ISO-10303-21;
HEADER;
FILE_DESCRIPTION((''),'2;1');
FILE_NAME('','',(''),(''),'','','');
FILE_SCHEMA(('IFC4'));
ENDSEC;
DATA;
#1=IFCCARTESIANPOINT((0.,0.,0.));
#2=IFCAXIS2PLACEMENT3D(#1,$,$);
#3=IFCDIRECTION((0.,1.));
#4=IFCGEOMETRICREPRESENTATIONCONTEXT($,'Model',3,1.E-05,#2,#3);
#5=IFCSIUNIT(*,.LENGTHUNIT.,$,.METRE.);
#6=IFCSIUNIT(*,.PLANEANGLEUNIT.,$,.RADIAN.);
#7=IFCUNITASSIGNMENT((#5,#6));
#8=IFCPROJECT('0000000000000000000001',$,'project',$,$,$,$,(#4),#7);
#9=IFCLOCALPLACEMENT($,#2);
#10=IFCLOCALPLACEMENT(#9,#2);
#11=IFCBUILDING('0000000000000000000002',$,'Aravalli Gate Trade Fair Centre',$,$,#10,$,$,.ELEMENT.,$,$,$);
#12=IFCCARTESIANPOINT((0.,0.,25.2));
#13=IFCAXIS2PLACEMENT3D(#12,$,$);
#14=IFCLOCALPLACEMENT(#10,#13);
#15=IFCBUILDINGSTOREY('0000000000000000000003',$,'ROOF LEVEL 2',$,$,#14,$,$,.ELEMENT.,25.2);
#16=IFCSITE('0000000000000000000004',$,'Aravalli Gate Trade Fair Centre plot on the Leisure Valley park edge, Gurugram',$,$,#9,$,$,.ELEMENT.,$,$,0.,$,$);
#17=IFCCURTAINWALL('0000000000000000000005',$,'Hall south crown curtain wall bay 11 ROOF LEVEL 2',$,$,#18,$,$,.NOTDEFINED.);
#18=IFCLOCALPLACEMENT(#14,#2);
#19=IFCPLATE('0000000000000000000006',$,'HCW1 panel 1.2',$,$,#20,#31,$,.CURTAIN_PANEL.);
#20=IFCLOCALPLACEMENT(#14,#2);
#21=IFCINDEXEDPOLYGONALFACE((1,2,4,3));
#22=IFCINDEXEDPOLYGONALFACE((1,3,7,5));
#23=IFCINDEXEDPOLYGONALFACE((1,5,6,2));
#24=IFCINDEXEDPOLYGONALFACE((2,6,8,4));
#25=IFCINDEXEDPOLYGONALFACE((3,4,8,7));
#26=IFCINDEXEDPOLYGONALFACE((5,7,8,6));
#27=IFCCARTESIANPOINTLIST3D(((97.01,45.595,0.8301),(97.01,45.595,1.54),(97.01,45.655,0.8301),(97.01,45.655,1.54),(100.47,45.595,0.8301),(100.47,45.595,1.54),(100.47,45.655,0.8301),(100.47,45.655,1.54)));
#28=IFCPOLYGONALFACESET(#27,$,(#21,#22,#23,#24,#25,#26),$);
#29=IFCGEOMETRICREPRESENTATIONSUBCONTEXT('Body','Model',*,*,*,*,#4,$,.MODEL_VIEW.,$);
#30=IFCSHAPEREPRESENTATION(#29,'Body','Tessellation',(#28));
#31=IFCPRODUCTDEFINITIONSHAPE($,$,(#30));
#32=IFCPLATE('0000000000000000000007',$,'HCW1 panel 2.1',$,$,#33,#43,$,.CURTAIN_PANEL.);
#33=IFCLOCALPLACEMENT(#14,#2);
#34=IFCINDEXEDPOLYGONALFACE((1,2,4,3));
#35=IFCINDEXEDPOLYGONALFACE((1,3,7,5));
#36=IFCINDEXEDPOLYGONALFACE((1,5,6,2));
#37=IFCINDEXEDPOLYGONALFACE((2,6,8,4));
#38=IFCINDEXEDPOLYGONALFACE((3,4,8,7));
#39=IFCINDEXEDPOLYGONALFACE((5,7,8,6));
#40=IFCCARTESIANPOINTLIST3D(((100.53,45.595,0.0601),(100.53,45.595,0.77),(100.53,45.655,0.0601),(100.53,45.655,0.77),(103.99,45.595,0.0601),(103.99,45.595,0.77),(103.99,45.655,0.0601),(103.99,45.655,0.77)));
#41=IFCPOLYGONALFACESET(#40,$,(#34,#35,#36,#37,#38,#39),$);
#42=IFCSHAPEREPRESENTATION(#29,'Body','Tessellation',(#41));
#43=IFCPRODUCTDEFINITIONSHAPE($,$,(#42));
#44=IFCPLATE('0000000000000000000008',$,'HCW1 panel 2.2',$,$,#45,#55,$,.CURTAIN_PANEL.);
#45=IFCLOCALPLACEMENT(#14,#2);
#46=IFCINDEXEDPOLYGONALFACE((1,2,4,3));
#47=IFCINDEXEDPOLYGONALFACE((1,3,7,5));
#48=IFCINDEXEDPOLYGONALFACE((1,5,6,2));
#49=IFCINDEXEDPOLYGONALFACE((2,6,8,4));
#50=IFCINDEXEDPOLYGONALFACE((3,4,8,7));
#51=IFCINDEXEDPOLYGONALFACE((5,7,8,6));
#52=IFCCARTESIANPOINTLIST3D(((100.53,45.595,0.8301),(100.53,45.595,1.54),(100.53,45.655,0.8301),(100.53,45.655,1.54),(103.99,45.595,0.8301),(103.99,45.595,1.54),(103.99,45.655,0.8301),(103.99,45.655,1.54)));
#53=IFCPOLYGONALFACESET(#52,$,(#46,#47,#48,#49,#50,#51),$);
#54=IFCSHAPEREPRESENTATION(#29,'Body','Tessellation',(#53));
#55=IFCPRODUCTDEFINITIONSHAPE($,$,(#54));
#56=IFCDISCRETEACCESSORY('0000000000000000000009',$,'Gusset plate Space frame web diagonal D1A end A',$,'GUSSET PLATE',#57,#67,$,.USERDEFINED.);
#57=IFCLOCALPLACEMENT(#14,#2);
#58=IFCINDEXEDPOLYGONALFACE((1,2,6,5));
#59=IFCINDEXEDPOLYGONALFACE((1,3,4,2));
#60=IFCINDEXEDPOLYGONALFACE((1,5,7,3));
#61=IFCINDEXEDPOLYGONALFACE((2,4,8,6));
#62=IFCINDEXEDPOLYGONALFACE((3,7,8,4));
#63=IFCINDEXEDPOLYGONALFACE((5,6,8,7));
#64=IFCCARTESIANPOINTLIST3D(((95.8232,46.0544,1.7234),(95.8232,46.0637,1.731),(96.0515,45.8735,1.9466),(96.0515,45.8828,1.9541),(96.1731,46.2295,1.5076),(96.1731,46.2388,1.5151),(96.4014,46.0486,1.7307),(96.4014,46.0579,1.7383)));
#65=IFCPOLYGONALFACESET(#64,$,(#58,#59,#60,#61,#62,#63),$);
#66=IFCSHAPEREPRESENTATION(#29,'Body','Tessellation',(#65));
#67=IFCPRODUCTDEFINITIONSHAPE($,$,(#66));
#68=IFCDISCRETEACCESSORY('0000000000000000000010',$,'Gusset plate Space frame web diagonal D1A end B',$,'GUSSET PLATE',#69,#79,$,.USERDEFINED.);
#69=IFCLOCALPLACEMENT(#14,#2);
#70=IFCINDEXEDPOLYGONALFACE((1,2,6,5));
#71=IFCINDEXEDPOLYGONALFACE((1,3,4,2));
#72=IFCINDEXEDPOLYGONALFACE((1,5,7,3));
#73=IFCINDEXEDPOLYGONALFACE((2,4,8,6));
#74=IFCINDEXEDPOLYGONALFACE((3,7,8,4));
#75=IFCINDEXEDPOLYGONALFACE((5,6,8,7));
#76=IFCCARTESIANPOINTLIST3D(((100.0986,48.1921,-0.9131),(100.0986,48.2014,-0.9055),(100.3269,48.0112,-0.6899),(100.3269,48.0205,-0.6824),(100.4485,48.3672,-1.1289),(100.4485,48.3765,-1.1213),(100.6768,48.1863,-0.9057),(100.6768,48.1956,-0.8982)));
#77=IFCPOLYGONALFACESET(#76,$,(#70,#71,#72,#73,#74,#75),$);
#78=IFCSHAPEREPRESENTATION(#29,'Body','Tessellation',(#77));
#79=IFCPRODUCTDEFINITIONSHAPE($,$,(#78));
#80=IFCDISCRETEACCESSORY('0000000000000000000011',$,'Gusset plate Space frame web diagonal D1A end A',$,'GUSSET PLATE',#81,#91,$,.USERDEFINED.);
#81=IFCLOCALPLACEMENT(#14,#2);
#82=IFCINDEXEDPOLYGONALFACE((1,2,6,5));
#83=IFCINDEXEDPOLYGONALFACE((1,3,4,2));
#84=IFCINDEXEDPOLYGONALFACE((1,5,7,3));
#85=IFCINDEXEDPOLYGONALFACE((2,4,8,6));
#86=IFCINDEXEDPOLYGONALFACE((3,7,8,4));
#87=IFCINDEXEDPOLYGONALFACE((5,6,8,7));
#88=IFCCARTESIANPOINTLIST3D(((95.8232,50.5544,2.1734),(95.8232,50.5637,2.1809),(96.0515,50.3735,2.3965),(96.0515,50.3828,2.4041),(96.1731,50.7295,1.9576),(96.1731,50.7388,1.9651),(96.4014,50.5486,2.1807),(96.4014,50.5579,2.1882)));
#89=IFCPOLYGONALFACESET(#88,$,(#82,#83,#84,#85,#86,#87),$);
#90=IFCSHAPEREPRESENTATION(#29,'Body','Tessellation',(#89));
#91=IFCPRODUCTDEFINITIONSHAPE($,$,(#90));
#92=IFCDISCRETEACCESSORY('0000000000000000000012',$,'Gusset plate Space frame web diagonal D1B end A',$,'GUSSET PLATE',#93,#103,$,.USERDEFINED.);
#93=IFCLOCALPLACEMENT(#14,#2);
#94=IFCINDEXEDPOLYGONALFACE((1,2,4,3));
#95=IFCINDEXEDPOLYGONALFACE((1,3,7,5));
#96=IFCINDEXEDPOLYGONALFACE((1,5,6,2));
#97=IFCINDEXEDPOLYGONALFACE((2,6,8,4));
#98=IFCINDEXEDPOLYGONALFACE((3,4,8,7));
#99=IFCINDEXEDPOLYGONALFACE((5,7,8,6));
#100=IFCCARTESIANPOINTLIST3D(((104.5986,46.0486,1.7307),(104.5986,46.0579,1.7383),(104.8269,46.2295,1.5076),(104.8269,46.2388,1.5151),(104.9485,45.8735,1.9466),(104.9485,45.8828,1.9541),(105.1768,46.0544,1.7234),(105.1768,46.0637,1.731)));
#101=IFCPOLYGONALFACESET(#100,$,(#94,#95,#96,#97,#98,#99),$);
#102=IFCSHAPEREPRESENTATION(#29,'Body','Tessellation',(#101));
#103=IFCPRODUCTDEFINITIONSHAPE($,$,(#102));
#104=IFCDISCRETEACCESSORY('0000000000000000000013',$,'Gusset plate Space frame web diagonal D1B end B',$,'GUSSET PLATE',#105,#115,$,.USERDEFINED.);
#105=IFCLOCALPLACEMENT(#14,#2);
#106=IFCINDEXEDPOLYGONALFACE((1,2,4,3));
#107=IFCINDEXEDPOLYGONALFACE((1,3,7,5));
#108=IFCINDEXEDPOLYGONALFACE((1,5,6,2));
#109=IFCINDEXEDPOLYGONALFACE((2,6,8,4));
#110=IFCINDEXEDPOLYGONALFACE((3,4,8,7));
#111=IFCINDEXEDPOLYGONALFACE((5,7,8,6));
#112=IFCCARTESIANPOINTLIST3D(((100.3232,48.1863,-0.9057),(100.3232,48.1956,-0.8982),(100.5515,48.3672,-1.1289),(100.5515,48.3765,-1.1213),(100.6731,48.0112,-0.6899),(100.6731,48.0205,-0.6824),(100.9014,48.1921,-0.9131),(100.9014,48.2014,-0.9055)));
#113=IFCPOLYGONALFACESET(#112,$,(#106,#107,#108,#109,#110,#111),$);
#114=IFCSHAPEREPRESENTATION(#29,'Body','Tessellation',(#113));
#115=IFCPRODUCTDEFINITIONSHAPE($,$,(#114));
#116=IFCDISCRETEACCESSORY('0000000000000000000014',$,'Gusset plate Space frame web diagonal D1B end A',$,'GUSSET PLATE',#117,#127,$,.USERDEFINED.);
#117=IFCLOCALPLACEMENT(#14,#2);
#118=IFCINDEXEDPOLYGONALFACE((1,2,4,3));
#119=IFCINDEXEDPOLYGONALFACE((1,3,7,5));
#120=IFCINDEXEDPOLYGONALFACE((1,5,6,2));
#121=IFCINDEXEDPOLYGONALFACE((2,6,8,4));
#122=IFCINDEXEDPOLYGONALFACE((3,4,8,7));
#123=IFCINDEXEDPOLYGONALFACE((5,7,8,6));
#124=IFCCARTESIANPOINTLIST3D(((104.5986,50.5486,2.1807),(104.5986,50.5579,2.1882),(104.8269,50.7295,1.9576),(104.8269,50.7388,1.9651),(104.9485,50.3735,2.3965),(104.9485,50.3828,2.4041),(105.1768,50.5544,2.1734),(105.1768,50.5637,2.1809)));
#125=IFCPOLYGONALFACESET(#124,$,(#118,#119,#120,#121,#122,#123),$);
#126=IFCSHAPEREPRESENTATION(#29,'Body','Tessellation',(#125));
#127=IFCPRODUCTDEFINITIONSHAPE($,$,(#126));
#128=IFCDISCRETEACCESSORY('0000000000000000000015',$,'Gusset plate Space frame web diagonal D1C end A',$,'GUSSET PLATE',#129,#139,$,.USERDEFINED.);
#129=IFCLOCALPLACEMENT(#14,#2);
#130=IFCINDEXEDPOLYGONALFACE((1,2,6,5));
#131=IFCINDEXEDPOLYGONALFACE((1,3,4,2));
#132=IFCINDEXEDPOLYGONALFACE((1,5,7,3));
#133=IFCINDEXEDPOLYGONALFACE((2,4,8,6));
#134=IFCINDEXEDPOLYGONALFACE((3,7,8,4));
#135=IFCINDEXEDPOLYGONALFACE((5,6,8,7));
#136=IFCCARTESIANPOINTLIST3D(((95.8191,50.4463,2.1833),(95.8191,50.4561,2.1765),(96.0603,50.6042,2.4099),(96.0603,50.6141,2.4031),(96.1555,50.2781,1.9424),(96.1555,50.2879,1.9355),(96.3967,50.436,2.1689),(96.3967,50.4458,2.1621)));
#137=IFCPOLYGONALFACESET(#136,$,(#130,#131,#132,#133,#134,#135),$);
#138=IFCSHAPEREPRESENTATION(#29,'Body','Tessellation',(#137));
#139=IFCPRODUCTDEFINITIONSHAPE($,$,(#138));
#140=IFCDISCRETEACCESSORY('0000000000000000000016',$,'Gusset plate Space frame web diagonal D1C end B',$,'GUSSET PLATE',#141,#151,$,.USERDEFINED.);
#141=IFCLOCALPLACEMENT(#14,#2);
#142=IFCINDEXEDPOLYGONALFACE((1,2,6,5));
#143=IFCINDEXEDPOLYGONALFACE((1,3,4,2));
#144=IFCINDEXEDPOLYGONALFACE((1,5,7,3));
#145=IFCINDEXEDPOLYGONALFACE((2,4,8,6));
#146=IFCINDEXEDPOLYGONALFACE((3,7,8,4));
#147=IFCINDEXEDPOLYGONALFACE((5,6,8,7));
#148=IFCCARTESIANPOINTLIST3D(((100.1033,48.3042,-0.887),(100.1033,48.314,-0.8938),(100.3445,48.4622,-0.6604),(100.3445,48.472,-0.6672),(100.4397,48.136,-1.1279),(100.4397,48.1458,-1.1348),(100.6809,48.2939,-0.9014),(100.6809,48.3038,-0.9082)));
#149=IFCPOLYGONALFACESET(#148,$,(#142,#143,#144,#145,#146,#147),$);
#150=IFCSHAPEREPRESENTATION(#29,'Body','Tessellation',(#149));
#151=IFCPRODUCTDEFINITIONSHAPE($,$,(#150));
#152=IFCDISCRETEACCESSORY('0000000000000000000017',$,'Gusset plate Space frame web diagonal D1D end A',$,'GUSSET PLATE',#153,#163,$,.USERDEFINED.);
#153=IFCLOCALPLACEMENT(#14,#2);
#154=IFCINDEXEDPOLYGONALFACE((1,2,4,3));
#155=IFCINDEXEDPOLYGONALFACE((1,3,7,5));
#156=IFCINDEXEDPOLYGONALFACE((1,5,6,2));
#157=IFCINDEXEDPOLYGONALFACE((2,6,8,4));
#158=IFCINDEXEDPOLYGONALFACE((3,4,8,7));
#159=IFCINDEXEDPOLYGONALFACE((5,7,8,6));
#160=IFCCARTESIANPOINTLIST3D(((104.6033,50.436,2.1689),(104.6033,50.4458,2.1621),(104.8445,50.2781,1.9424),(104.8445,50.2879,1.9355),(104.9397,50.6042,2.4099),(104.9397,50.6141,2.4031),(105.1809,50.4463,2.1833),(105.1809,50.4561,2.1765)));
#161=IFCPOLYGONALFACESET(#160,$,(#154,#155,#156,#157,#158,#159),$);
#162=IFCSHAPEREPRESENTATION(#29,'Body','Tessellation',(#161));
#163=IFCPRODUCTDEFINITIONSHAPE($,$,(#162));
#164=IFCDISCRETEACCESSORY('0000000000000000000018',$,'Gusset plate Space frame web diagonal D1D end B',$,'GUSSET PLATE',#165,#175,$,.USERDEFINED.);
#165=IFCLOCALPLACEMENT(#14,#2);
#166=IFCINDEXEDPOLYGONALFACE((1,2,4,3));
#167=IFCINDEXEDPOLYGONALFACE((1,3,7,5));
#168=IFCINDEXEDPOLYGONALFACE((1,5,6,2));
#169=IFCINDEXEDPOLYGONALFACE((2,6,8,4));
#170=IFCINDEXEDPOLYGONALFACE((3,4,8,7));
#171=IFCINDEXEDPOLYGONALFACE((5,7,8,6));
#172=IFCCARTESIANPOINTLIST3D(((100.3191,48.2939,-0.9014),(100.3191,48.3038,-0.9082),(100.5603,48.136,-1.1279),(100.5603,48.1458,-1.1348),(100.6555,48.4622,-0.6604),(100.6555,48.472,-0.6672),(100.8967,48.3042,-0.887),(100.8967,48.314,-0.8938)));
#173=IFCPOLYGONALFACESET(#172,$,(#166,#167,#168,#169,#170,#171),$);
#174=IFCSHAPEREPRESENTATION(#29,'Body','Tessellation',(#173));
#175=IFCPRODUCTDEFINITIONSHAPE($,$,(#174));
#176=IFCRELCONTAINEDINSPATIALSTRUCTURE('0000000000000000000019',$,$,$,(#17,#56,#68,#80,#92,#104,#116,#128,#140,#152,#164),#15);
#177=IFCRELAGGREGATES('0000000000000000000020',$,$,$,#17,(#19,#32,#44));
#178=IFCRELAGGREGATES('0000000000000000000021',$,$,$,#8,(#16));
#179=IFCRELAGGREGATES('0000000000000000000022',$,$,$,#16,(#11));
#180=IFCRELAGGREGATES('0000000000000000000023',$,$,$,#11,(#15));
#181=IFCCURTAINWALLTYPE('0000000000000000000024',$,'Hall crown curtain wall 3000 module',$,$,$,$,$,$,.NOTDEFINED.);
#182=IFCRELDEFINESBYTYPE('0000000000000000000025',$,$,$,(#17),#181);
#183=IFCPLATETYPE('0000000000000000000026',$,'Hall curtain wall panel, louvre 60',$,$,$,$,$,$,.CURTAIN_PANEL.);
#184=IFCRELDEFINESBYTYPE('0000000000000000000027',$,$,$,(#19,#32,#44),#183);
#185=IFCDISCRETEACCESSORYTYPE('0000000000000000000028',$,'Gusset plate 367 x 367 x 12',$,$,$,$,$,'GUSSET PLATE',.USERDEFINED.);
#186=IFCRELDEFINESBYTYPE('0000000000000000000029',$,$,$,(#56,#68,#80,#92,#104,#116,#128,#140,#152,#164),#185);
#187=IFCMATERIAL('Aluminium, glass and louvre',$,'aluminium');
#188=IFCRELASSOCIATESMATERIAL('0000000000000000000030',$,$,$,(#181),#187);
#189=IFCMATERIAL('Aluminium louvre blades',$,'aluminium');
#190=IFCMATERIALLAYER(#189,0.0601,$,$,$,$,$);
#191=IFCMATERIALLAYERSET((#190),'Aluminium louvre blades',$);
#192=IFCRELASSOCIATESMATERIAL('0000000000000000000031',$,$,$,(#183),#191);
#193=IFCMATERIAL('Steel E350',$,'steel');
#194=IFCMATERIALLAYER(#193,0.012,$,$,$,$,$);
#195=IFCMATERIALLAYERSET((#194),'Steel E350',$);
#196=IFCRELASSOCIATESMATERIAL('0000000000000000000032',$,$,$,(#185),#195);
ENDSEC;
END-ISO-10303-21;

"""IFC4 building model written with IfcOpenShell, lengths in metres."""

from ifc_helpers import new_model, si_unit, direction, frame, origin, origin_2d, place, context, subcontext, project, spatial, polyline, rectangle, outline, extrude, material, layer, layer_set, type_object, element, aggregate, save


model = new_model("IFC4")

# Units and contexts
model_context = context("Model", 3, precision=1e-05, world=origin(), true_north=direction((0.0, 1.0)))
body_context = subcontext(model_context, "Body", "Model", "MODEL_VIEW")
ifc_project = project(units=[si_unit("LENGTHUNIT", "METRE"), si_unit("PLANEANGLEUNIT", "RADIAN")], contexts=[model_context])

# Site, building, storey
site_placement = place(None, origin())
site = spatial("IfcSite", under=ifc_project, at=site_placement, Name="Aravalli Gate Trade Fair Centre plot on the Leisure Valley park edge, Gurugram", CompositionType="ELEMENT", RefElevation=0.0)
building_placement = place(site_placement, origin())
building = spatial("IfcBuilding", under=site, at=building_placement, Name="Aravalli Gate Trade Fair Centre", CompositionType="ELEMENT")
storey_placement = place(building_placement, frame((0.0, 0.0, 25.2)))
storey = spatial("IfcBuildingStorey", under=building, at=storey_placement, Name="ROOF LEVEL 2", CompositionType="ELEMENT", Elevation=25.2)

# Shared definitions
ifc_material_1 = material(Name="Steel E350", Category="steel")

# Curtain wall, plates
ifc_material_2 = material(Name="Aluminium, glass and louvre", Category="aluminium")
curtain_wall_type = type_object("IfcCurtainWallType", Name="Hall crown curtain wall 3000 module", PredefinedType="NOTDEFINED", material=ifc_material_2)
curtain_wall_placement = place(storey_placement, origin())
curtain_wall = element("IfcCurtainWall", 1, at=curtain_wall_placement, inside=storey, type_object=curtain_wall_type, Name="Hall south crown curtain wall bay 11 ROOF LEVEL 2", PredefinedType="NOTDEFINED")
ifc_material_3 = material(Name="Aluminium louvre blades", Category="aluminium")
ifc_layer_1 = layer(ifc_material_3, 0.0601)
ifc_layer_set_1 = layer_set([ifc_layer_1], Name="Aluminium louvre blades")
plate_type = type_object("IfcPlateType", Name="Hall curtain wall panel, louvre 60", PredefinedType="CURTAIN_PANEL", material=ifc_layer_set_1)
plate_1_placement = place(storey_placement, frame((98.74, 45.625, 0.8301), z_axis=(0.0, 0.0, 1.0), x_axis=(1.0, 0.0, 0.0)))
plate_1 = element("IfcPlate", 2, at=plate_1_placement, type_object=plate_type, Name="HCW1 panel 1.2", PredefinedType="CURTAIN_PANEL", context=body_context, shape_type="SweptSolid", body=[
    extrude(rectangle(XDim=3.46, YDim=0.0601, at=origin_2d()), origin(), (0.0, 0.0, 1.0), 0.71),
])
plate_2_placement = place(storey_placement, frame((102.26, 45.625, 0.0601), z_axis=(0.0, 0.0, 1.0), x_axis=(1.0, 0.0, 0.0)))
plate_2 = element("IfcPlate", 3, at=plate_2_placement, type_object=plate_type, Name="HCW1 panel 2.1", PredefinedType="CURTAIN_PANEL", context=body_context, shape_type="SweptSolid", body=[
    extrude(rectangle(XDim=3.46, YDim=0.0601, at=origin_2d()), origin(), (0.0, 0.0, 1.0), 0.71),
])
plate_3_placement = place(storey_placement, frame((102.26, 45.625, 0.8301), z_axis=(0.0, 0.0, 1.0), x_axis=(1.0, 0.0, 0.0)))
plate_3 = element("IfcPlate", 4, at=plate_3_placement, type_object=plate_type, Name="HCW1 panel 2.2", PredefinedType="CURTAIN_PANEL", context=body_context, shape_type="SweptSolid", body=[
    extrude(rectangle(XDim=3.46, YDim=0.0601, at=origin_2d()), origin(), (0.0, 0.0, 1.0), 0.71),
])
aggregate(curtain_wall, [plate_1, plate_2, plate_3])

# Discrete accessories
ifc_layer_2 = layer(ifc_material_1, 0.012)
ifc_layer_set_2 = layer_set([ifc_layer_2], Name="Steel E350")
discrete_accessory_type = type_object("IfcDiscreteAccessoryType", Name="Gusset plate 367 x 367 x 12", ElementType="GUSSET PLATE", PredefinedType="USERDEFINED", material=ifc_layer_set_2)
discrete_accessory_1_placement = place(storey_placement, frame((96.1731, 46.2388, 1.5151), z_axis=(-0.000107, 0.776736, 0.629826), x_axis=(-0.783044, -0.391795, 0.48305)))
element("IfcDiscreteAccessory", 5, at=discrete_accessory_1_placement, inside=storey, type_object=discrete_accessory_type, Name="Gusset plate Space frame web diagonal D1A end A", ObjectType="GUSSET PLATE", PredefinedType="USERDEFINED", context=body_context, shape_type="SweptSolid", body=[
    extrude(outline(polyline([(0.0, 0.0), (0.4468, 0.0), (0.4467, 0.3669), (-0.0001, 0.3669), (0.0, 0.0)])), origin(), (0.0, 0.0, -1.0), 0.012),
])
discrete_accessory_2_placement = place(storey_placement, frame((100.0986, 48.2014, -0.9055), z_axis=(-0.000107, 0.776736, 0.629826), x_axis=(0.783044, 0.391795, -0.48305)))
element("IfcDiscreteAccessory", 6, at=discrete_accessory_2_placement, inside=storey, type_object=discrete_accessory_type, Name="Gusset plate Space frame web diagonal D1A end B", ObjectType="GUSSET PLATE", PredefinedType="USERDEFINED", context=body_context, shape_type="SweptSolid", body=[
    extrude(outline(polyline([(0.0, 0.0), (0.4468, 0.0), (0.4469, -0.3669), (0.0001, -0.3669), (0.0, 0.0)])), origin(), (0.0, 0.0, -1.0), 0.012),
])
discrete_accessory_3_placement = place(storey_placement, frame((96.1731, 50.7388, 1.9651), z_axis=(-0.000107, 0.776736, 0.629826), x_axis=(-0.783044, -0.391795, 0.48305)))
element("IfcDiscreteAccessory", 7, at=discrete_accessory_3_placement, inside=storey, type_object=discrete_accessory_type, Name="Gusset plate Space frame web diagonal D1A end A", ObjectType="GUSSET PLATE", PredefinedType="USERDEFINED", context=body_context, shape_type="SweptSolid", body=[
    extrude(outline(polyline([(0.0, 0.0), (0.4468, 0.0), (0.4467, 0.3669), (-0.0001, 0.3669), (0.0, 0.0)])), origin(), (0.0, 0.0, -1.0), 0.012),
])
discrete_accessory_4_placement = place(storey_placement, frame((104.5986, 46.0579, 1.7383), z_axis=(0.000107, 0.776736, 0.629826), x_axis=(0.783044, -0.391795, 0.48305)))
element("IfcDiscreteAccessory", 8, at=discrete_accessory_4_placement, inside=storey, type_object=discrete_accessory_type, Name="Gusset plate Space frame web diagonal D1B end A", ObjectType="GUSSET PLATE", PredefinedType="USERDEFINED", context=body_context, shape_type="SweptSolid", body=[
    extrude(outline(polyline([(0.0, 0.0), (0.4468, 0.0), (0.4469, 0.3669), (0.0001, 0.3669), (0.0, 0.0)])), origin(), (0.0, 0.0, -1.0), 0.012),
])
discrete_accessory_5_placement = place(storey_placement, frame((100.6731, 48.0205, -0.6824), z_axis=(0.000107, 0.776736, 0.629826), x_axis=(-0.783044, 0.391795, -0.48305)))
element("IfcDiscreteAccessory", 9, at=discrete_accessory_5_placement, inside=storey, type_object=discrete_accessory_type, Name="Gusset plate Space frame web diagonal D1B end B", ObjectType="GUSSET PLATE", PredefinedType="USERDEFINED", context=body_context, shape_type="SweptSolid", body=[
    extrude(outline(polyline([(0.0, 0.0), (0.4468, 0.0), (0.4467, -0.3669), (-0.0001, -0.3669), (0.0, 0.0)])), origin(), (0.0, 0.0, -1.0), 0.012),
])
discrete_accessory_6_placement = place(storey_placement, frame((104.5986, 50.5579, 2.1882), z_axis=(0.000107, 0.776736, 0.629826), x_axis=(0.783044, -0.391795, 0.48305)))
element("IfcDiscreteAccessory", 10, at=discrete_accessory_6_placement, inside=storey, type_object=discrete_accessory_type, Name="Gusset plate Space frame web diagonal D1B end A", ObjectType="GUSSET PLATE", PredefinedType="USERDEFINED", context=body_context, shape_type="SweptSolid", body=[
    extrude(outline(polyline([(0.0, 0.0), (0.4468, 0.0), (0.4469, 0.3669), (0.0001, 0.3669), (0.0, 0.0)])), origin(), (0.0, 0.0, -1.0), 0.012),
])
discrete_accessory_7_placement = place(storey_placement, frame((96.1555, 50.2781, 1.9424), z_axis=(-0.000292, -0.820164, 0.572128), x_axis=(-0.753132, 0.376566, 0.539435)))
element("IfcDiscreteAccessory", 11, at=discrete_accessory_7_placement, inside=storey, type_object=discrete_accessory_type, Name="Gusset plate Space frame web diagonal D1C end A", ObjectType="GUSSET PLATE", PredefinedType="USERDEFINED", context=body_context, shape_type="SweptSolid", body=[
    extrude(outline(polyline([(0.0, 0.0), (0.4467, 0.0), (0.4467, -0.3667), (0.0, -0.3667), (0.0, 0.0)])), origin(), (0.0, 0.0, -1.0), 0.012),
])
discrete_accessory_8_placement = place(storey_placement, frame((100.1033, 48.3042, -0.887), z_axis=(-0.000292, -0.820164, 0.572128), x_axis=(0.753132, -0.376566, -0.539435)))
element("IfcDiscreteAccessory", 12, at=discrete_accessory_8_placement, inside=storey, type_object=discrete_accessory_type, Name="Gusset plate Space frame web diagonal D1C end B", ObjectType="GUSSET PLATE", PredefinedType="USERDEFINED", context=body_context, shape_type="SweptSolid", body=[
    extrude(outline(polyline([(0.0, 0.0), (0.4467, 0.0), (0.4467, 0.3667), (0.0, 0.3667), (0.0, 0.0)])), origin(), (0.0, 0.0, -1.0), 0.012),
])
discrete_accessory_9_placement = place(storey_placement, frame((104.6033, 50.436, 2.1689), z_axis=(0.000292, -0.820164, 0.572128), x_axis=(0.753132, 0.376566, 0.539435)))
element("IfcDiscreteAccessory", 13, at=discrete_accessory_9_placement, inside=storey, type_object=discrete_accessory_type, Name="Gusset plate Space frame web diagonal D1D end A", ObjectType="GUSSET PLATE", PredefinedType="USERDEFINED", context=body_context, shape_type="SweptSolid", body=[
    extrude(outline(polyline([(0.0, 0.0), (0.4467, 0.0), (0.4467, -0.3667), (0.0, -0.3667), (0.0, 0.0)])), origin(), (0.0, 0.0, -1.0), 0.012),
])
discrete_accessory_10_placement = place(storey_placement, frame((100.6555, 48.4622, -0.6604), z_axis=(0.000292, -0.820164, 0.572128), x_axis=(-0.753132, -0.376566, -0.539435)))
element("IfcDiscreteAccessory", 14, at=discrete_accessory_10_placement, inside=storey, type_object=discrete_accessory_type, Name="Gusset plate Space frame web diagonal D1D end B", ObjectType="GUSSET PLATE", PredefinedType="USERDEFINED", context=body_context, shape_type="SweptSolid", body=[
    extrude(outline(polyline([(0.0, 0.0), (0.4467, 0.0), (0.4467, 0.3667), (0.0, 0.3667), (0.0, 0.0)])), origin(), (0.0, 0.0, -1.0), 0.012),
])

save(model, "model.ifc")
